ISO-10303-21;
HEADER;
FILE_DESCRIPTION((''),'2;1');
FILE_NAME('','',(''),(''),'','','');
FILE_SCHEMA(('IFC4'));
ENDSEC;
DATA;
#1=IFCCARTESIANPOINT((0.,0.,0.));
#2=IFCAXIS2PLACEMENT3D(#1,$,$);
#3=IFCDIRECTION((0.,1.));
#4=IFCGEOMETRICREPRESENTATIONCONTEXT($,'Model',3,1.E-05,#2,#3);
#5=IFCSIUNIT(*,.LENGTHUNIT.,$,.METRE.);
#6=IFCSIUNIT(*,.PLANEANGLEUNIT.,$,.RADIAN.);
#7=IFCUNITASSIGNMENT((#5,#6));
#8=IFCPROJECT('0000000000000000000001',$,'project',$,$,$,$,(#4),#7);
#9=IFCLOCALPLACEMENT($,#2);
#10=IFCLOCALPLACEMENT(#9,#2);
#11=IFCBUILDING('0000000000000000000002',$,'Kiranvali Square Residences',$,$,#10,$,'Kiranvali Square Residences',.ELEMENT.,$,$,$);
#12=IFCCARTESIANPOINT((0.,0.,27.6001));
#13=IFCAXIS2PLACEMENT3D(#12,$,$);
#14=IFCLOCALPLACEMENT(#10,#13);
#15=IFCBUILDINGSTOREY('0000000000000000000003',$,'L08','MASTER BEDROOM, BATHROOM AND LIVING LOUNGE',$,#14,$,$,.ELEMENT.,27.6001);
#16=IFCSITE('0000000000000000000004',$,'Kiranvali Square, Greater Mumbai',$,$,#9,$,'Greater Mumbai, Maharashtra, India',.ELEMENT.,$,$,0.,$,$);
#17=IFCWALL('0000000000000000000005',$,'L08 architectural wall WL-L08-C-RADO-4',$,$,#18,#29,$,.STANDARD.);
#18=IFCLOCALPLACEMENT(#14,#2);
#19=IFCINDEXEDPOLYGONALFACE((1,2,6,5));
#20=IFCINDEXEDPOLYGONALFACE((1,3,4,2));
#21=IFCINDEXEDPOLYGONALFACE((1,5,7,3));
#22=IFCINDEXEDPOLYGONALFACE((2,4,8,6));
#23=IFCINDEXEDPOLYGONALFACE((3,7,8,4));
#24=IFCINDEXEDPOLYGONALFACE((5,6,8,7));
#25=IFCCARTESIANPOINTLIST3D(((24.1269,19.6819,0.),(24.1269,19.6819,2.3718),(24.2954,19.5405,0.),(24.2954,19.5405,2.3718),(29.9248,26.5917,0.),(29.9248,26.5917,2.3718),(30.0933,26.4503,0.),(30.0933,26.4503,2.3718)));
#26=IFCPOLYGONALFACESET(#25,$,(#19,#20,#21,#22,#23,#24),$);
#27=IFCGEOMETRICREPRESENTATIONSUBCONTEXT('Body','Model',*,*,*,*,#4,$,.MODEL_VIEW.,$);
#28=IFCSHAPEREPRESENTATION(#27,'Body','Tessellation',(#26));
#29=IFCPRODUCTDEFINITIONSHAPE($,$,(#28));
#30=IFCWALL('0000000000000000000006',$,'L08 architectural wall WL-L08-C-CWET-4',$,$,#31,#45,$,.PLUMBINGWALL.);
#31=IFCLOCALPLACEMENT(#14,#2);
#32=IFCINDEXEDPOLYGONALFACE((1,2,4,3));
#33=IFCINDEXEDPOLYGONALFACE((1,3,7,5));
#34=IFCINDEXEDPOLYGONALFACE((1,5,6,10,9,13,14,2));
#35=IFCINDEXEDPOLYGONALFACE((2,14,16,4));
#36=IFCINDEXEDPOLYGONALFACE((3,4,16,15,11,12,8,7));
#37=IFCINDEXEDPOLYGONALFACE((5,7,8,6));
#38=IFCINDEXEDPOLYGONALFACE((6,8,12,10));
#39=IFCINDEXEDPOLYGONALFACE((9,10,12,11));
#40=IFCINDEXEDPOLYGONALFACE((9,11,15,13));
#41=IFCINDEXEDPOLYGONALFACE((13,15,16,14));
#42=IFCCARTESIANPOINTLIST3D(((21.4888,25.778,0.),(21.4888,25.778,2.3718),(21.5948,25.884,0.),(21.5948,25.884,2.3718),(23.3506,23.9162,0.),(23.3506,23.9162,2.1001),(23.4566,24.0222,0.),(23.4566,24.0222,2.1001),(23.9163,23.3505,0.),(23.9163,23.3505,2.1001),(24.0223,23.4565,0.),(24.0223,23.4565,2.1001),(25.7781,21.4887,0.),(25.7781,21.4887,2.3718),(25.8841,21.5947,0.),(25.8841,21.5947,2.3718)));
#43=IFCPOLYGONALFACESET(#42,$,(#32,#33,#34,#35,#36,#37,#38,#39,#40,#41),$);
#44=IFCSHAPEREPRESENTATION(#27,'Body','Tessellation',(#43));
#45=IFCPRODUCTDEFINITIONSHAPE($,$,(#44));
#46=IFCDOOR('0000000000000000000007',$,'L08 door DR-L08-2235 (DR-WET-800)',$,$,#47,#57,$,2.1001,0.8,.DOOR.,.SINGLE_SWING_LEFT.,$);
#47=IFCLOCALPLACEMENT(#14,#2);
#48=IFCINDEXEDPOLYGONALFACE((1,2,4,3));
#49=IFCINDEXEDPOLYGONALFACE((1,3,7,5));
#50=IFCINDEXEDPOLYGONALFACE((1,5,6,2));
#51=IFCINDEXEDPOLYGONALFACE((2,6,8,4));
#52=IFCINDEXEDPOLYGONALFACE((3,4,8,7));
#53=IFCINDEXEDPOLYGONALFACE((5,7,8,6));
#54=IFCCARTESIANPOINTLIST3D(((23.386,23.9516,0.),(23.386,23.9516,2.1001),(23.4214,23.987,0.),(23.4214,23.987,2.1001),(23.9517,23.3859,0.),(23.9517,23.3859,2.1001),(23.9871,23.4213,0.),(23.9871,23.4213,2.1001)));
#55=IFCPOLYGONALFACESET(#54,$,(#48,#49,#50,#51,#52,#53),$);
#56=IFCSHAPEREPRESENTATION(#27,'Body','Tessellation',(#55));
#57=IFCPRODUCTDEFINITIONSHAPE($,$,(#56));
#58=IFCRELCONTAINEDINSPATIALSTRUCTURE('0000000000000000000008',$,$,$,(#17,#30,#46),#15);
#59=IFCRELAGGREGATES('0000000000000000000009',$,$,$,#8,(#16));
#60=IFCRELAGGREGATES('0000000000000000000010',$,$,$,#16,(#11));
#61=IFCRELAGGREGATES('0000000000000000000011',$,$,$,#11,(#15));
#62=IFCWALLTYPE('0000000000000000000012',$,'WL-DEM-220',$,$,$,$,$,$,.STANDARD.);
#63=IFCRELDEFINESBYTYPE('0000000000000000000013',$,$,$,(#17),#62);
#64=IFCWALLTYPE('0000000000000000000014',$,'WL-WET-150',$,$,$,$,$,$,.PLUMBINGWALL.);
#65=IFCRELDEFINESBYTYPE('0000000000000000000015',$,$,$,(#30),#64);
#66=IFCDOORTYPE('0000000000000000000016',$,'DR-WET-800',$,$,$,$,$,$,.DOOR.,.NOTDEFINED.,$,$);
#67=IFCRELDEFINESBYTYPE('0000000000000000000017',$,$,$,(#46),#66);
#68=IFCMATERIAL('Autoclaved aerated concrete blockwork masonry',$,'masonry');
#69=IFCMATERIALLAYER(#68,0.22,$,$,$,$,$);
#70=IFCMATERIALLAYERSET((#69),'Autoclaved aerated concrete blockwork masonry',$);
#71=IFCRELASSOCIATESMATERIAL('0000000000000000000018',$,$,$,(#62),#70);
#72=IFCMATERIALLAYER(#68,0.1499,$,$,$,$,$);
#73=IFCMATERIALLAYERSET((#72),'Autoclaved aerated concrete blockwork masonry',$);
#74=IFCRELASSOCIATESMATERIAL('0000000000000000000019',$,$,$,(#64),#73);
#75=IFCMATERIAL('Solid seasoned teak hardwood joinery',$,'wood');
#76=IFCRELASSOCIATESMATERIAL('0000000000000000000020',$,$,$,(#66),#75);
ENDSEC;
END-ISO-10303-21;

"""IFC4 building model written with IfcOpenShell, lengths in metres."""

from ifc_helpers import new_model, si_unit, direction, frame, frame_2d, origin, place, context, subcontext, project, spatial, rectangle, extrude, material, layer, layer_set, type_object, element, fill, save


model = new_model("IFC4")

# Units and contexts
model_context = context("Model", 3, precision=1e-05, world=origin(), true_north=direction((0.0, 1.0)))
body_context = subcontext(model_context, "Body", "Model", "MODEL_VIEW")
ifc_project = project(units=[si_unit("LENGTHUNIT", "METRE"), si_unit("PLANEANGLEUNIT", "RADIAN")], contexts=[model_context])

# Site, building, storey
site_placement = place(None, origin())
site = spatial("IfcSite", under=ifc_project, at=site_placement, Name="Kiranvali Square, Greater Mumbai", LongName="Greater Mumbai, Maharashtra, India", CompositionType="ELEMENT", RefElevation=0.0)
building_placement = place(site_placement, origin())
building = spatial("IfcBuilding", under=site, at=building_placement, Name="Kiranvali Square Residences", LongName="Kiranvali Square Residences", CompositionType="ELEMENT")
storey_placement = place(building_placement, frame((0.0, 0.0, 27.6001)))
storey = spatial("IfcBuildingStorey", under=building, at=storey_placement, Name="L08", Description="MASTER BEDROOM, BATHROOM AND LIVING LOUNGE", CompositionType="ELEMENT", Elevation=27.6001)

# Shared definitions
ifc_material_1 = material(Name="Autoclaved aerated concrete blockwork masonry", Category="masonry")

# Wall
ifc_layer_1 = layer(ifc_material_1, 0.22)
ifc_layer_set_1 = layer_set([ifc_layer_1], Name="Autoclaved aerated concrete blockwork masonry")
wall_type_1 = type_object("IfcWallType", Name="WL-DEM-220", PredefinedType="STANDARD", material=ifc_layer_set_1)
wall_1_placement = place(storey_placement, frame((30.009, 26.521, 0.0), z_axis=(0.0, 0.0, 1.0), x_axis=(-0.642784, -0.766047, 0.0)))
element("IfcWall", 1, at=wall_1_placement, inside=storey, type_object=wall_type_1, Name="L08 architectural wall WL-L08-C-RADO-4", PredefinedType="STANDARD", context=body_context, shape_type="SweptSolid", body=[
    extrude(rectangle(XDim=9.02, YDim=0.22, at=frame_2d((4.51, 0.0))), origin(), (0.0, 0.0, 1.0), 2.3718),
])

# Wall, opening, door
ifc_layer_2 = layer(ifc_material_1, 0.1499)
ifc_layer_set_2 = layer_set([ifc_layer_2], Name="Autoclaved aerated concrete blockwork masonry")
wall_type_2 = type_object("IfcWallType", Name="WL-WET-150", PredefinedType="PLUMBINGWALL", material=ifc_layer_set_2)
wall_2_placement = place(storey_placement, frame((25.8311, 21.5417, 0.0), z_axis=(0.0, 0.0, 1.0), x_axis=(-0.707107, 0.707107, 0.0)))
wall_2 = element("IfcWall", 2, at=wall_2_placement, inside=storey, type_object=wall_type_2, Name="L08 architectural wall WL-L08-C-CWET-4", PredefinedType="PLUMBINGWALL", context=body_context, shape_type="SweptSolid", body=[
    extrude(rectangle(XDim=6.0659, YDim=0.1499, at=frame_2d((3.033, 0.0))), origin(), (0.0, 0.0, 1.0), 2.3718),
])
opening_1_placement = place(wall_2_placement, frame((2.6331, 0.0, 0.0)))
opening_1 = element("IfcOpeningElement", 3, at=opening_1_placement, cuts=wall_2, PredefinedType="OPENING", context=body_context, shape_type="SweptSolid", body=[
    extrude(rectangle(XDim=0.8, YDim=2.1001, at=frame_2d((0.3999, 1.05))), frame((0.0, 0.085, 0.0), z_axis=(0.0, -1.0, 0.0), x_axis=(1.0, 0.0, 0.0)), (0.0, 0.0, 1.0), 0.1699),
])
ifc_material_2 = material(Name="Solid seasoned teak hardwood joinery", Category="wood")
door_type_1 = type_object("IfcDoorType", Name="DR-WET-800", OperationType="NOTDEFINED", PredefinedType="DOOR", material=ifc_material_2)
door_1_placement = place(opening_1_placement, origin())
door_1 = element("IfcDoor", 4, at=door_1_placement, inside=storey, type_object=door_type_1, Name="L08 door DR-L08-2235 (DR-WET-800)", OperationType="SINGLE_SWING_LEFT", OverallHeight=2.1001, OverallWidth=0.8, PredefinedType="DOOR", context=body_context, shape_type="SweptSolid", body=[
    extrude(rectangle(XDim=0.8, YDim=2.1001, at=frame_2d((0.3999, 1.05))), frame((0.0, 0.0249, 0.0), z_axis=(0.0, -1.0, 0.0), x_axis=(1.0, 0.0, 0.0)), (0.0, 0.0, 1.0), 0.05),
])
fill(opening_1, door_1)

save(model, "model.ifc")
